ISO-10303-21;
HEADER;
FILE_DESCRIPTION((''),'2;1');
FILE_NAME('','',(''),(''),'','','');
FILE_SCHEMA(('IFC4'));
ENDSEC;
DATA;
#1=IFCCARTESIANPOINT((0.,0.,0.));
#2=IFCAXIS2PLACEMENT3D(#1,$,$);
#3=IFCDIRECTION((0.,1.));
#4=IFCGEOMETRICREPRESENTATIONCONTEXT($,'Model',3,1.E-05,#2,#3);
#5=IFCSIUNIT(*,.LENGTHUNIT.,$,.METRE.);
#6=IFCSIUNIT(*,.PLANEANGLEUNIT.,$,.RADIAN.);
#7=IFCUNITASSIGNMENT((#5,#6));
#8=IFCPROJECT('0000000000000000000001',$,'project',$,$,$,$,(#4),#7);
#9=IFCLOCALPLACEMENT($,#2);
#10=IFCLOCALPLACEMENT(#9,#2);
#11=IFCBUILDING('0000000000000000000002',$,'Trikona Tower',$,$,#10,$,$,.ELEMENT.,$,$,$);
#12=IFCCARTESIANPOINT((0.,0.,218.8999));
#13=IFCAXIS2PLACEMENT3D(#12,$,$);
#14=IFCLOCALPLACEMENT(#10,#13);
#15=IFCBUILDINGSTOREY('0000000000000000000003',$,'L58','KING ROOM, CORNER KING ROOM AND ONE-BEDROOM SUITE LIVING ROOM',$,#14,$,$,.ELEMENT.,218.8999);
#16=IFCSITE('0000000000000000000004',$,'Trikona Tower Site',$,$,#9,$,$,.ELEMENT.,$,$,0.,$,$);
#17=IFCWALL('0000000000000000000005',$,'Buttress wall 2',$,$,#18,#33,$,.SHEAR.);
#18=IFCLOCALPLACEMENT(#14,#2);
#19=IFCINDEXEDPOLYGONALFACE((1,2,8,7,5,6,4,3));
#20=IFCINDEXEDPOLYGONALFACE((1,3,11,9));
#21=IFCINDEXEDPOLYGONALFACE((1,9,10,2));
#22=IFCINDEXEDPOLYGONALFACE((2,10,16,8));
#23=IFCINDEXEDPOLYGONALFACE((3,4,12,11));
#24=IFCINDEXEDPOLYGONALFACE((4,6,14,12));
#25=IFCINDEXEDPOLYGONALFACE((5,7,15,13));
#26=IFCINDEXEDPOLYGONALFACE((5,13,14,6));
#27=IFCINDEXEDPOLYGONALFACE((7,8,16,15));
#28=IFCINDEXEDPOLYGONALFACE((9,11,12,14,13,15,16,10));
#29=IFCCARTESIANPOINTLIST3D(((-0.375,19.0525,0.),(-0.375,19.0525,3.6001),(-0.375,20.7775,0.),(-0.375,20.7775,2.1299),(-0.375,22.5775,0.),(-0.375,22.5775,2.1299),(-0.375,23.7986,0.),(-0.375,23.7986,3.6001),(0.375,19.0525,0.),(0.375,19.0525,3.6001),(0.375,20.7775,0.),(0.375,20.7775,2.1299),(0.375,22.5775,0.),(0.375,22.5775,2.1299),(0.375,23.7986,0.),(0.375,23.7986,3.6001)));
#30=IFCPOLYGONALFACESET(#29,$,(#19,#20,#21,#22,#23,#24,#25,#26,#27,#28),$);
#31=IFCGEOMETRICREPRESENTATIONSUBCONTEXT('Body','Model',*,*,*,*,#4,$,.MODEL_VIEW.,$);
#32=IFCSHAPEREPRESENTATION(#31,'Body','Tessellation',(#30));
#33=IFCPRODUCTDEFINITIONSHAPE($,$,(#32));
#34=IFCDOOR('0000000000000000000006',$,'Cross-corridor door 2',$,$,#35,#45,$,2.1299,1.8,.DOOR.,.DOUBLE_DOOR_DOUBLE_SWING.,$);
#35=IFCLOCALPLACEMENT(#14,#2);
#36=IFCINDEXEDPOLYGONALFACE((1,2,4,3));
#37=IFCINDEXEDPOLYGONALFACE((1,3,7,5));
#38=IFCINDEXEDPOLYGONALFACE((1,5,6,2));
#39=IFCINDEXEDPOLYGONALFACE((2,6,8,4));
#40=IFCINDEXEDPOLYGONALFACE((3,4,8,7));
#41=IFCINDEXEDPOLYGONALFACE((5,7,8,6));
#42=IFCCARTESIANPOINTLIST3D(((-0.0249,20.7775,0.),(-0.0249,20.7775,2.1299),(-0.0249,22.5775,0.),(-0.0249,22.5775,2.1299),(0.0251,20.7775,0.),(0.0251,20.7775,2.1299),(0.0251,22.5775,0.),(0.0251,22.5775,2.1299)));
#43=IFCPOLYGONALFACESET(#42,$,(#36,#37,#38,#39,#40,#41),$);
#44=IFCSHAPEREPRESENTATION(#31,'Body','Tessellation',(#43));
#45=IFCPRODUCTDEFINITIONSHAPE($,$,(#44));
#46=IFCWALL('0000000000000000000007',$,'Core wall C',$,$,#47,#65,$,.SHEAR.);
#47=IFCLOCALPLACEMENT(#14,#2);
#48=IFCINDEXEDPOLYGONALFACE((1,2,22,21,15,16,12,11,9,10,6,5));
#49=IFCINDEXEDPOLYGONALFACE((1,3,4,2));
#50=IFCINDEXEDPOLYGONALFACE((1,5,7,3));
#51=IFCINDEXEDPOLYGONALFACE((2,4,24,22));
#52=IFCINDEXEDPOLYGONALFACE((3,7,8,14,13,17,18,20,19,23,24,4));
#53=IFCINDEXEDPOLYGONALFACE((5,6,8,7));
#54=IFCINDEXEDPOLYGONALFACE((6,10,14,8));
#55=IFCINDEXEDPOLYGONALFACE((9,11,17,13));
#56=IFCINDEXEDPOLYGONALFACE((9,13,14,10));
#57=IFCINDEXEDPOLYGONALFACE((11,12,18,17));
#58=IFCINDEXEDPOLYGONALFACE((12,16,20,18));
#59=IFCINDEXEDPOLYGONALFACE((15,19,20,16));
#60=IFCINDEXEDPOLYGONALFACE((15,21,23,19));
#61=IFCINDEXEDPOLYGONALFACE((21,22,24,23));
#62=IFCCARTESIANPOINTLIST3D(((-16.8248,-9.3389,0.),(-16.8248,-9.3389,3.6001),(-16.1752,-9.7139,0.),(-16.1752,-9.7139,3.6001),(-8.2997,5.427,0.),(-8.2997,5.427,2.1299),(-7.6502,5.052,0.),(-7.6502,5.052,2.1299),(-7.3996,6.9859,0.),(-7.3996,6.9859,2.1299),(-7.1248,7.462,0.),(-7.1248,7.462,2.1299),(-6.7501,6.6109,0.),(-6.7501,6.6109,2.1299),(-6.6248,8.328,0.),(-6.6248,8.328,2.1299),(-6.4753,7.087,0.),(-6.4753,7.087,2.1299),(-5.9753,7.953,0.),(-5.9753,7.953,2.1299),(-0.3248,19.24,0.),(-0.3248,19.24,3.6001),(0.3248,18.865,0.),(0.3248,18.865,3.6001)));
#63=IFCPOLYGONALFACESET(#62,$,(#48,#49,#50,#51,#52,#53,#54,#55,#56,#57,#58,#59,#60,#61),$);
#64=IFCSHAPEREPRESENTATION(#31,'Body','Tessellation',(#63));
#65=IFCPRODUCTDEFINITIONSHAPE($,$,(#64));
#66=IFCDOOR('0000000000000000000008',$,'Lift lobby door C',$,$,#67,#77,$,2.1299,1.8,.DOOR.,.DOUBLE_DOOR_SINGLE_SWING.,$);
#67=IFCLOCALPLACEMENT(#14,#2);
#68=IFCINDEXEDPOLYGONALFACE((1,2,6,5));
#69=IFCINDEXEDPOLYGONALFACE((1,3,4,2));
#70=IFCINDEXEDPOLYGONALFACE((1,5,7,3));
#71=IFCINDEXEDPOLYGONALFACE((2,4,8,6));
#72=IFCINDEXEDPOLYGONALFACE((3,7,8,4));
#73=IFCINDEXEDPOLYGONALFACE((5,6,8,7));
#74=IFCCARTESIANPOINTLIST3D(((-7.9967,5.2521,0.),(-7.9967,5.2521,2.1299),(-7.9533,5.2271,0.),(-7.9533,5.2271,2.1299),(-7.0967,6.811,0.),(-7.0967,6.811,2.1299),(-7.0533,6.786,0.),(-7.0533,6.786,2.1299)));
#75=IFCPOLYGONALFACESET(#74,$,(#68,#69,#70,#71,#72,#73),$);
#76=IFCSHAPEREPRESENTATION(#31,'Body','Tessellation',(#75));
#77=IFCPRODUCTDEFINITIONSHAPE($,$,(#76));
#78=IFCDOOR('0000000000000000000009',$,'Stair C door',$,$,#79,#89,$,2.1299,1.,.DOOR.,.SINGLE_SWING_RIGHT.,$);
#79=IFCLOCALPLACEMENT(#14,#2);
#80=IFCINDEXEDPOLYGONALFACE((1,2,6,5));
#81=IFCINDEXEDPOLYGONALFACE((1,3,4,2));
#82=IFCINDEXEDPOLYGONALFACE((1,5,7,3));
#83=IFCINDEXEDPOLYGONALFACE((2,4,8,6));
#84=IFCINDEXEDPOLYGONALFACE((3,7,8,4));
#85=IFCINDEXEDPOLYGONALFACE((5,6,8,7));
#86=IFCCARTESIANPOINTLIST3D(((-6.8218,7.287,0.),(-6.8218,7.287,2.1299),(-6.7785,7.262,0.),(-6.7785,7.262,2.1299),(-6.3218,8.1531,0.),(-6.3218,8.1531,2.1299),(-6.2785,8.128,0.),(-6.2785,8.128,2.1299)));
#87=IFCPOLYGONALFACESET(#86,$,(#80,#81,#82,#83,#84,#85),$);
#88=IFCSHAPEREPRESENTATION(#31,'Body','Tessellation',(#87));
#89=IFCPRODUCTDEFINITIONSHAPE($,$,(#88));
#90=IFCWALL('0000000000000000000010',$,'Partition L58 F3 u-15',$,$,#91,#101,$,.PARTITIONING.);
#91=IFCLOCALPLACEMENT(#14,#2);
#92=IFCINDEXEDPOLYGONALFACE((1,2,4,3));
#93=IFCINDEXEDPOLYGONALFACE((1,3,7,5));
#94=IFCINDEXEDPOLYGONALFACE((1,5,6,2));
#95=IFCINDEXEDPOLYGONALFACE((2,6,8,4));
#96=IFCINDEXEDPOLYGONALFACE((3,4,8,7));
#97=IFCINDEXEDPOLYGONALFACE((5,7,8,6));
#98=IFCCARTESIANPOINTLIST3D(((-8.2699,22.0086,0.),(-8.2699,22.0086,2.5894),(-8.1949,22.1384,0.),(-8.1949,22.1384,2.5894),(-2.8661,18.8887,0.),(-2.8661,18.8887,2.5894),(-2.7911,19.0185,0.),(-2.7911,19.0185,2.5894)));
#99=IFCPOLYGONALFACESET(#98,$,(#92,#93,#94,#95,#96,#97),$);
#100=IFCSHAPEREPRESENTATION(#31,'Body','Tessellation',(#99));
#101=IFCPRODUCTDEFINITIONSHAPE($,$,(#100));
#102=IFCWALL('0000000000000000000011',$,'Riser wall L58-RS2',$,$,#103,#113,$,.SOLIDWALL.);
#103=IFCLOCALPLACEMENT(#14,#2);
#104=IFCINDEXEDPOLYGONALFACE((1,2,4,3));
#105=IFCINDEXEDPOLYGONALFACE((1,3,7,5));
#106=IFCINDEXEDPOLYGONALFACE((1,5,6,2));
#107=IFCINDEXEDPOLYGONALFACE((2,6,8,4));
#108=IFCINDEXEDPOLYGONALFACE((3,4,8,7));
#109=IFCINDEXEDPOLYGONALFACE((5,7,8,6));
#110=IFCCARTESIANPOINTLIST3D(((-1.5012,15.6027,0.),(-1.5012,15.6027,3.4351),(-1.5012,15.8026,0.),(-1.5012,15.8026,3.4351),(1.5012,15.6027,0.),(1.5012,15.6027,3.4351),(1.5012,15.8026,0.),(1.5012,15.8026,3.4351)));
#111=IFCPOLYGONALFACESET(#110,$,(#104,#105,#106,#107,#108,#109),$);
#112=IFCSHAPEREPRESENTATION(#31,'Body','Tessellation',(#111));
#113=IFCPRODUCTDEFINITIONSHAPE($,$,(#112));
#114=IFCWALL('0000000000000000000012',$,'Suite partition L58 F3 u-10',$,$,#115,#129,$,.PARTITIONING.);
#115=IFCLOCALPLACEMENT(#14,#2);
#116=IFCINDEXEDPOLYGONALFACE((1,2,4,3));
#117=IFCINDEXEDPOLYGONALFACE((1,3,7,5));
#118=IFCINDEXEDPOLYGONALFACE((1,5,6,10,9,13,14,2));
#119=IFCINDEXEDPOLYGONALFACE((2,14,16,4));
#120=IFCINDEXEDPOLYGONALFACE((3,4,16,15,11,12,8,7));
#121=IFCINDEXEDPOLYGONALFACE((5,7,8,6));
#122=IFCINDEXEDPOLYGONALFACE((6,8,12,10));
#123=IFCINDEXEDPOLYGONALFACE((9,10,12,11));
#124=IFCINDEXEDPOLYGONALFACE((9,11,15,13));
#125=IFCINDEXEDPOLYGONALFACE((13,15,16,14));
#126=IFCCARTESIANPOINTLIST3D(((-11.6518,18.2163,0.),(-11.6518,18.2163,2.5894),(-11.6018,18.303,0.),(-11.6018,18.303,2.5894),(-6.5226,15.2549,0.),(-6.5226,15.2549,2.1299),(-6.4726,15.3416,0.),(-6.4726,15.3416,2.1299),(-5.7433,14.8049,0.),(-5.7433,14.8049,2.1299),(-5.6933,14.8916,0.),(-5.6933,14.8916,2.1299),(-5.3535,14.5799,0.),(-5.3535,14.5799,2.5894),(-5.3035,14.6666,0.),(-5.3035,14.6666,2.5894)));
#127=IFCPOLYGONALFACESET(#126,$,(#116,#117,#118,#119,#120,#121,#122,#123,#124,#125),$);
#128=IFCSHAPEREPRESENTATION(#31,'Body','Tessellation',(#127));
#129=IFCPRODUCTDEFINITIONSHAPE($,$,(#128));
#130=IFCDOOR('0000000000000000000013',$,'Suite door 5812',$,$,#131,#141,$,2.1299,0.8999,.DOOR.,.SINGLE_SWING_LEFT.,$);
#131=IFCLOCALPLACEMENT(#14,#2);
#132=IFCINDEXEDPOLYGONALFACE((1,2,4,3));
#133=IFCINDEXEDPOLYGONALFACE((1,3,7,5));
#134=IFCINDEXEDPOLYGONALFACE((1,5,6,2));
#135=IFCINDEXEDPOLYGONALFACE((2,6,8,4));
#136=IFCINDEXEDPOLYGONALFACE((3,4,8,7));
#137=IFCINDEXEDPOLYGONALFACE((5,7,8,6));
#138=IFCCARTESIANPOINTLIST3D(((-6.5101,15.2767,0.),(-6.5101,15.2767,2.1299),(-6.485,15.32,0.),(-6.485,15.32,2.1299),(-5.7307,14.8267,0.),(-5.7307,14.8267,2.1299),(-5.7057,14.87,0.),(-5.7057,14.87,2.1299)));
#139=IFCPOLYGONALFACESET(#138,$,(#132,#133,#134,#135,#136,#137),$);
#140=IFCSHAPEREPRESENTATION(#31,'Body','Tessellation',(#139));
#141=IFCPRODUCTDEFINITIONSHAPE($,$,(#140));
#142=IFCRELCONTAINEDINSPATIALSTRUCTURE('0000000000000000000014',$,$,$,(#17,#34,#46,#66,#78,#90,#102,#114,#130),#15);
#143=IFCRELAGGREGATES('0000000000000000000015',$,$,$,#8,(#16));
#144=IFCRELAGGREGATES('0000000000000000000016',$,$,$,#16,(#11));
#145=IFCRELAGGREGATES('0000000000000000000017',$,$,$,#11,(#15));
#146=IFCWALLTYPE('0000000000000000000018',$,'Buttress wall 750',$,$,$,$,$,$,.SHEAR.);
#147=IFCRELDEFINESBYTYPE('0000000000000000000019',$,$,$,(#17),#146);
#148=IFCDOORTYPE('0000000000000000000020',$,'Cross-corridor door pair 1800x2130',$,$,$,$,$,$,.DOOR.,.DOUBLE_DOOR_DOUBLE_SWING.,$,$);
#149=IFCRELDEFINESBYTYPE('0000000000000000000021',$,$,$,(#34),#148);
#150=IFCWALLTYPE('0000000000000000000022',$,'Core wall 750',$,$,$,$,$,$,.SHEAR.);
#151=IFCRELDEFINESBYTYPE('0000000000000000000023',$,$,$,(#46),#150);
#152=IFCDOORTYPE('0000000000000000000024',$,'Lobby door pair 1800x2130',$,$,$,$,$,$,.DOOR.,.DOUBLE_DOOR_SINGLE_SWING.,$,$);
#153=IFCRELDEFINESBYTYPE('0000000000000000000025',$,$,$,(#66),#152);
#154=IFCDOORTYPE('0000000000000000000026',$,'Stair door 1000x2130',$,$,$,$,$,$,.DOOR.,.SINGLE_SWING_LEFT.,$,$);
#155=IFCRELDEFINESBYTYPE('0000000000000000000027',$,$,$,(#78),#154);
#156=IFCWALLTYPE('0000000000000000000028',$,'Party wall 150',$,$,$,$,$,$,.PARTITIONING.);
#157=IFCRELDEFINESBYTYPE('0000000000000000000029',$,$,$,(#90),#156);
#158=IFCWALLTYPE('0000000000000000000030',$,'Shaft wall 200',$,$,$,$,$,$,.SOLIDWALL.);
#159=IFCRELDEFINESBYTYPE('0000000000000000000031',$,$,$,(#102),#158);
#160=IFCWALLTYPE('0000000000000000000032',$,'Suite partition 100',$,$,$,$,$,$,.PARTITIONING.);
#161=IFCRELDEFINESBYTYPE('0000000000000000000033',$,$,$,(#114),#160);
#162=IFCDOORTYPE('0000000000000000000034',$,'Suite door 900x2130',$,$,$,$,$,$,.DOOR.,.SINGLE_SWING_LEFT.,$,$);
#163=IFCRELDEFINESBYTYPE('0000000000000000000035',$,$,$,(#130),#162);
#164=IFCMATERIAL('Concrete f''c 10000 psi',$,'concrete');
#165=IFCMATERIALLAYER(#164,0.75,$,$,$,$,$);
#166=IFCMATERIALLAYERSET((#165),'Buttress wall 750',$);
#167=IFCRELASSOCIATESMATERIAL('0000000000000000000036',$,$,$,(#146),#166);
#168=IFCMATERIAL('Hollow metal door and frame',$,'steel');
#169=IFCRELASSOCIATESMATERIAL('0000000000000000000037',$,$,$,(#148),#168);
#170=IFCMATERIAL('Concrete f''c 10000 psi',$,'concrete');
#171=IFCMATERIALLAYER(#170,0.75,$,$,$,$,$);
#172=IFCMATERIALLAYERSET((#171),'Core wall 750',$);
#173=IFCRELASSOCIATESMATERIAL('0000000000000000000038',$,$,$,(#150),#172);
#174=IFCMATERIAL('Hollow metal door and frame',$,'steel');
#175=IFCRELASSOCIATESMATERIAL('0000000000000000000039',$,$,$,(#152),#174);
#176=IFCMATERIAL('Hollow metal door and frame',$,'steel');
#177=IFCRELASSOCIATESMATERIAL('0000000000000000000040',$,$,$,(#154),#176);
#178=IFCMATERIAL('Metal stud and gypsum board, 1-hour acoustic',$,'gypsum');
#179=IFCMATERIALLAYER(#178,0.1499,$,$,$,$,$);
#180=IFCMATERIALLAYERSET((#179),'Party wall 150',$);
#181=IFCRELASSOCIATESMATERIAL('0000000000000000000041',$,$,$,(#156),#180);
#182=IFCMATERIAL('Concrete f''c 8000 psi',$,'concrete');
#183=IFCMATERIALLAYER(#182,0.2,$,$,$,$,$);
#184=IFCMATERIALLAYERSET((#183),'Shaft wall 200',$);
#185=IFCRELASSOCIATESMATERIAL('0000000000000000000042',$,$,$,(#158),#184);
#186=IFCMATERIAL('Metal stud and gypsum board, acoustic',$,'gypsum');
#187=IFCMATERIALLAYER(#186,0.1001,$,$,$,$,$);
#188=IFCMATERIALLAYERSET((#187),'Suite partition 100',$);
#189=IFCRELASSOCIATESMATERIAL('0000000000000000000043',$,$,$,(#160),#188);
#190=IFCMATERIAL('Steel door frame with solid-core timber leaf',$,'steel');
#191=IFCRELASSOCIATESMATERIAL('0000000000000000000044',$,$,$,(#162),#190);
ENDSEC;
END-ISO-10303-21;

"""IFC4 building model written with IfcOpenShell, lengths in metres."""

from ifc_helpers import new_model, si_unit, direction, frame, frame_2d, origin, place, context, subcontext, project, spatial, rectangle, extrude, material, layer, layer_set, type_object, element, fill, save


model = new_model("IFC4")

# Units and contexts
model_context = context("Model", 3, precision=1e-05, world=origin(), true_north=direction((0.0, 1.0)))
body_context = subcontext(model_context, "Body", "Model", "MODEL_VIEW")
ifc_project = project(units=[si_unit("LENGTHUNIT", "METRE"), si_unit("PLANEANGLEUNIT", "RADIAN")], contexts=[model_context])

# Site, building, storey
site_placement = place(None, origin())
site = spatial("IfcSite", under=ifc_project, at=site_placement, Name="Trikona Tower Site", CompositionType="ELEMENT", RefElevation=0.0)
building_placement = place(site_placement, origin())
building = spatial("IfcBuilding", under=site, at=building_placement, Name="Trikona Tower", CompositionType="ELEMENT")
storey_placement = place(building_placement, frame((0.0, 0.0, 218.8999)))
storey = spatial("IfcBuildingStorey", under=building, at=storey_placement, Name="L58", Description="KING ROOM, CORNER KING ROOM AND ONE-BEDROOM SUITE LIVING ROOM", CompositionType="ELEMENT", Elevation=218.8999)

# Wall, opening, door
ifc_material_1 = material(Name="Concrete f'c 10000 psi", Category="concrete")
ifc_layer_1 = layer(ifc_material_1, 0.75)
ifc_layer_set_1 = layer_set([ifc_layer_1], Name="Buttress wall 750")
wall_type_1 = type_object("IfcWallType", Name="Buttress wall 750", PredefinedType="SHEAR", material=ifc_layer_set_1)
wall_1_placement = place(storey_placement, frame((0.0, 19.0525, 0.0), z_axis=(0.0, 0.0, 1.0), x_axis=(0.0, 1.0, 0.0)))
wall_1 = element("IfcWall", 1, at=wall_1_placement, inside=storey, type_object=wall_type_1, Name="Buttress wall 2", PredefinedType="SHEAR", context=body_context, shape_type="SweptSolid", body=[
    extrude(rectangle(XDim=4.7461, YDim=0.75, at=frame_2d((2.373, 0.0))), origin(), (0.0, 0.0, 1.0), 3.6001),
])
opening_1_placement = place(wall_1_placement, frame((1.7251, 0.0, 0.0)))
opening_1 = element("IfcOpeningElement", 2, at=opening_1_placement, cuts=wall_1, PredefinedType="OPENING", context=body_context, shape_type="SweptSolid", body=[
    extrude(rectangle(XDim=1.8, YDim=2.1299, at=frame_2d((0.8999, 1.0649))), frame((0.0, 0.385, 0.0), z_axis=(0.0, -1.0, 0.0), x_axis=(1.0, 0.0, 0.0)), (0.0, 0.0, 1.0), 0.77),
])
ifc_material_2 = material(Name="Hollow metal door and frame", Category="steel")
door_type_1 = type_object("IfcDoorType", Name="Cross-corridor door pair 1800x2130", OperationType="DOUBLE_DOOR_DOUBLE_SWING", PredefinedType="DOOR", material=ifc_material_2)
door_1_placement = place(opening_1_placement, origin())
door_1 = element("IfcDoor", 3, at=door_1_placement, inside=storey, type_object=door_type_1, Name="Cross-corridor door 2", OperationType="DOUBLE_DOOR_DOUBLE_SWING", OverallHeight=2.1299, OverallWidth=1.8, PredefinedType="DOOR", context=body_context, shape_type="SweptSolid", body=[
    extrude(rectangle(XDim=1.8, YDim=2.1299, at=frame_2d((0.8999, 1.0649))), frame((0.0, 0.0249, 0.0), z_axis=(0.0, -1.0, 0.0), x_axis=(1.0, 0.0, 0.0)), (0.0, 0.0, 1.0), 0.05),
])
fill(opening_1, door_1)

# Wall, openings, doors
ifc_material_3 = material(Name="Concrete f'c 10000 psi", Category="concrete")
ifc_layer_2 = layer(ifc_material_3, 0.75)
ifc_layer_set_2 = layer_set([ifc_layer_2], Name="Core wall 750")
wall_type_2 = type_object("IfcWallType", Name="Core wall 750", PredefinedType="SHEAR", material=ifc_layer_set_2)
wall_2_placement = place(storey_placement, frame((0.0, 19.0525, 0.0), z_axis=(0.0, 0.0, 1.0), x_axis=(-0.5, -0.866026, 0.0)))
wall_2 = element("IfcWall", 4, at=wall_2_placement, inside=storey, type_object=wall_type_2, Name="Core wall C", PredefinedType="SHEAR", context=body_context, shape_type="SweptSolid", body=[
    extrude(rectangle(XDim=33.0, YDim=0.75, at=frame_2d((16.5, 0.0))), origin(), (0.0, 0.0, 1.0), 3.6001),
])
opening_2_placement = place(wall_2_placement, frame((14.1499, 0.0, 0.0)))
opening_2 = element("IfcOpeningElement", 5, at=opening_2_placement, cuts=wall_2, PredefinedType="OPENING", context=body_context, shape_type="SweptSolid", body=[
    extrude(rectangle(XDim=1.8, YDim=2.1299, at=frame_2d((0.8999, 1.0649))), frame((0.0, 0.385, 0.0), z_axis=(0.0, -1.0, 0.0), x_axis=(1.0, 0.0, 0.0)), (0.0, 0.0, 1.0), 0.77),
])
opening_3_placement = place(wall_2_placement, frame((12.6001, 0.0, 0.0)))
opening_3 = element("IfcOpeningElement", 6, at=opening_3_placement, cuts=wall_2, PredefinedType="OPENING", context=body_context, shape_type="SweptSolid", body=[
    extrude(rectangle(XDim=1.0, YDim=2.1299, at=frame_2d((0.5, 1.0649))), frame((0.0, 0.385, 0.0), z_axis=(0.0, -1.0, 0.0), x_axis=(1.0, 0.0, 0.0)), (0.0, 0.0, 1.0), 0.77),
])
ifc_material_4 = material(Name="Hollow metal door and frame", Category="steel")
door_type_2 = type_object("IfcDoorType", Name="Lobby door pair 1800x2130", OperationType="DOUBLE_DOOR_SINGLE_SWING", PredefinedType="DOOR", material=ifc_material_4)
door_2_placement = place(opening_2_placement, origin())
door_2 = element("IfcDoor", 7, at=door_2_placement, inside=storey, type_object=door_type_2, Name="Lift lobby door C", OperationType="DOUBLE_DOOR_SINGLE_SWING", OverallHeight=2.1299, OverallWidth=1.8, PredefinedType="DOOR", context=body_context, shape_type="SweptSolid", body=[
    extrude(rectangle(XDim=1.8, YDim=2.1299, at=frame_2d((0.8999, 1.0649))), frame((0.0, 0.0249, 0.0), z_axis=(0.0, -1.0, 0.0), x_axis=(1.0, 0.0, 0.0)), (0.0, 0.0, 1.0), 0.05),
])
fill(opening_2, door_2)
ifc_material_5 = material(Name="Hollow metal door and frame", Category="steel")
door_type_3 = type_object("IfcDoorType", Name="Stair door 1000x2130", OperationType="SINGLE_SWING_LEFT", PredefinedType="DOOR", material=ifc_material_5)
door_3_placement = place(opening_3_placement, origin())
door_3 = element("IfcDoor", 8, at=door_3_placement, inside=storey, type_object=door_type_3, Name="Stair C door", OperationType="SINGLE_SWING_RIGHT", OverallHeight=2.1299, OverallWidth=1.0, PredefinedType="DOOR", context=body_context, shape_type="SweptSolid", body=[
    extrude(rectangle(XDim=1.0, YDim=2.1299, at=frame_2d((0.5, 1.0649))), frame((0.0, 0.0249, 0.0), z_axis=(0.0, -1.0, 0.0), x_axis=(1.0, 0.0, 0.0)), (0.0, 0.0, 1.0), 0.05),
])
fill(opening_3, door_3)

# Walls
ifc_material_6 = material(Name="Metal stud and gypsum board, 1-hour acoustic", Category="gypsum")
ifc_layer_3 = layer(ifc_material_6, 0.1499)
ifc_layer_set_3 = layer_set([ifc_layer_3], Name="Party wall 150")
wall_type_3 = type_object("IfcWallType", Name="Party wall 150", PredefinedType="PARTITIONING", material=ifc_layer_set_3)
wall_3_placement = place(storey_placement, frame((-2.8286, 18.9536, 0.0), z_axis=(0.0, 0.0, 1.0), x_axis=(-0.866027, 0.499998, 0.0)))
element("IfcWall", 9, at=wall_3_placement, inside=storey, type_object=wall_type_3, Name="Partition L58 F3 u-15", PredefinedType="PARTITIONING", context=body_context, shape_type="SweptSolid", body=[
    extrude(rectangle(XDim=6.2397, YDim=0.1499, at=frame_2d((3.1199, 0.0))), origin(), (0.0, 0.0, 1.0), 2.5894),
])
ifc_material_7 = material(Name="Concrete f'c 8000 psi", Category="concrete")
ifc_layer_4 = layer(ifc_material_7, 0.2)
ifc_layer_set_4 = layer_set([ifc_layer_4], Name="Shaft wall 200")
wall_type_4 = type_object("IfcWallType", Name="Shaft wall 200", PredefinedType="SOLIDWALL", material=ifc_layer_set_4)
wall_4_placement = place(storey_placement, frame((-1.5012, 15.7026, 0.0), z_axis=(0.0, 0.0, 1.0), x_axis=(1.0, 0.0, 0.0)))
element("IfcWall", 10, at=wall_4_placement, inside=storey, type_object=wall_type_4, Name="Riser wall L58-RS2", PredefinedType="SOLIDWALL", context=body_context, shape_type="SweptSolid", body=[
    extrude(rectangle(XDim=3.0024, YDim=0.2, at=frame_2d((1.5012, 0.0))), origin(), (0.0, 0.0, 1.0), 3.4351),
])

# Wall, opening, door
ifc_material_8 = material(Name="Metal stud and gypsum board, acoustic", Category="gypsum")
ifc_layer_5 = layer(ifc_material_8, 0.1001)
ifc_layer_set_5 = layer_set([ifc_layer_5], Name="Suite partition 100")
wall_type_5 = type_object("IfcWallType", Name="Suite partition 100", PredefinedType="PARTITIONING", material=ifc_layer_set_5)
wall_5_placement = place(storey_placement, frame((-5.3286, 14.6233, 0.0), z_axis=(0.0, 0.0, 1.0), x_axis=(-0.866018, 0.500013, 0.0)))
wall_5 = element("IfcWall", 11, at=wall_5_placement, inside=storey, type_object=wall_type_5, Name="Suite partition L58 F3 u-10", PredefinedType="PARTITIONING", context=body_context, shape_type="SweptSolid", body=[
    extrude(rectangle(XDim=7.2727, YDim=0.1001, at=frame_2d((3.6362, 0.0))), origin(), (0.0, 0.0, 1.0), 2.5894),
])
opening_4_placement = place(wall_5_placement, frame((0.45, 0.0, 0.0)))
opening_4 = element("IfcOpeningElement", 12, at=opening_4_placement, cuts=wall_5, PredefinedType="OPENING", context=body_context, shape_type="SweptSolid", body=[
    extrude(rectangle(XDim=0.8999, YDim=2.1299, at=frame_2d((0.45, 1.0649))), frame((0.0, 0.0601, 0.0), z_axis=(0.0, -1.0, 0.0), x_axis=(1.0, 0.0, 0.0)), (0.0, 0.0, 1.0), 0.1201),
])
ifc_material_9 = material(Name="Steel door frame with solid-core timber leaf", Category="steel")
door_type_4 = type_object("IfcDoorType", Name="Suite door 900x2130", OperationType="SINGLE_SWING_LEFT", PredefinedType="DOOR", material=ifc_material_9)
door_4_placement = place(opening_4_placement, origin())
door_4 = element("IfcDoor", 13, at=door_4_placement, inside=storey, type_object=door_type_4, Name="Suite door 5812", OperationType="SINGLE_SWING_LEFT", OverallHeight=2.1299, OverallWidth=0.8999, PredefinedType="DOOR", context=body_context, shape_type="SweptSolid", body=[
    extrude(rectangle(XDim=0.8999, YDim=2.1299, at=frame_2d((0.45, 1.0649))), frame((0.0, 0.0249, 0.0), z_axis=(0.0, -1.0, 0.0), x_axis=(1.0, 0.0, 0.0)), (0.0, 0.0, 1.0), 0.05),
])
fill(opening_4, door_4)

save(model, "model.ifc")
